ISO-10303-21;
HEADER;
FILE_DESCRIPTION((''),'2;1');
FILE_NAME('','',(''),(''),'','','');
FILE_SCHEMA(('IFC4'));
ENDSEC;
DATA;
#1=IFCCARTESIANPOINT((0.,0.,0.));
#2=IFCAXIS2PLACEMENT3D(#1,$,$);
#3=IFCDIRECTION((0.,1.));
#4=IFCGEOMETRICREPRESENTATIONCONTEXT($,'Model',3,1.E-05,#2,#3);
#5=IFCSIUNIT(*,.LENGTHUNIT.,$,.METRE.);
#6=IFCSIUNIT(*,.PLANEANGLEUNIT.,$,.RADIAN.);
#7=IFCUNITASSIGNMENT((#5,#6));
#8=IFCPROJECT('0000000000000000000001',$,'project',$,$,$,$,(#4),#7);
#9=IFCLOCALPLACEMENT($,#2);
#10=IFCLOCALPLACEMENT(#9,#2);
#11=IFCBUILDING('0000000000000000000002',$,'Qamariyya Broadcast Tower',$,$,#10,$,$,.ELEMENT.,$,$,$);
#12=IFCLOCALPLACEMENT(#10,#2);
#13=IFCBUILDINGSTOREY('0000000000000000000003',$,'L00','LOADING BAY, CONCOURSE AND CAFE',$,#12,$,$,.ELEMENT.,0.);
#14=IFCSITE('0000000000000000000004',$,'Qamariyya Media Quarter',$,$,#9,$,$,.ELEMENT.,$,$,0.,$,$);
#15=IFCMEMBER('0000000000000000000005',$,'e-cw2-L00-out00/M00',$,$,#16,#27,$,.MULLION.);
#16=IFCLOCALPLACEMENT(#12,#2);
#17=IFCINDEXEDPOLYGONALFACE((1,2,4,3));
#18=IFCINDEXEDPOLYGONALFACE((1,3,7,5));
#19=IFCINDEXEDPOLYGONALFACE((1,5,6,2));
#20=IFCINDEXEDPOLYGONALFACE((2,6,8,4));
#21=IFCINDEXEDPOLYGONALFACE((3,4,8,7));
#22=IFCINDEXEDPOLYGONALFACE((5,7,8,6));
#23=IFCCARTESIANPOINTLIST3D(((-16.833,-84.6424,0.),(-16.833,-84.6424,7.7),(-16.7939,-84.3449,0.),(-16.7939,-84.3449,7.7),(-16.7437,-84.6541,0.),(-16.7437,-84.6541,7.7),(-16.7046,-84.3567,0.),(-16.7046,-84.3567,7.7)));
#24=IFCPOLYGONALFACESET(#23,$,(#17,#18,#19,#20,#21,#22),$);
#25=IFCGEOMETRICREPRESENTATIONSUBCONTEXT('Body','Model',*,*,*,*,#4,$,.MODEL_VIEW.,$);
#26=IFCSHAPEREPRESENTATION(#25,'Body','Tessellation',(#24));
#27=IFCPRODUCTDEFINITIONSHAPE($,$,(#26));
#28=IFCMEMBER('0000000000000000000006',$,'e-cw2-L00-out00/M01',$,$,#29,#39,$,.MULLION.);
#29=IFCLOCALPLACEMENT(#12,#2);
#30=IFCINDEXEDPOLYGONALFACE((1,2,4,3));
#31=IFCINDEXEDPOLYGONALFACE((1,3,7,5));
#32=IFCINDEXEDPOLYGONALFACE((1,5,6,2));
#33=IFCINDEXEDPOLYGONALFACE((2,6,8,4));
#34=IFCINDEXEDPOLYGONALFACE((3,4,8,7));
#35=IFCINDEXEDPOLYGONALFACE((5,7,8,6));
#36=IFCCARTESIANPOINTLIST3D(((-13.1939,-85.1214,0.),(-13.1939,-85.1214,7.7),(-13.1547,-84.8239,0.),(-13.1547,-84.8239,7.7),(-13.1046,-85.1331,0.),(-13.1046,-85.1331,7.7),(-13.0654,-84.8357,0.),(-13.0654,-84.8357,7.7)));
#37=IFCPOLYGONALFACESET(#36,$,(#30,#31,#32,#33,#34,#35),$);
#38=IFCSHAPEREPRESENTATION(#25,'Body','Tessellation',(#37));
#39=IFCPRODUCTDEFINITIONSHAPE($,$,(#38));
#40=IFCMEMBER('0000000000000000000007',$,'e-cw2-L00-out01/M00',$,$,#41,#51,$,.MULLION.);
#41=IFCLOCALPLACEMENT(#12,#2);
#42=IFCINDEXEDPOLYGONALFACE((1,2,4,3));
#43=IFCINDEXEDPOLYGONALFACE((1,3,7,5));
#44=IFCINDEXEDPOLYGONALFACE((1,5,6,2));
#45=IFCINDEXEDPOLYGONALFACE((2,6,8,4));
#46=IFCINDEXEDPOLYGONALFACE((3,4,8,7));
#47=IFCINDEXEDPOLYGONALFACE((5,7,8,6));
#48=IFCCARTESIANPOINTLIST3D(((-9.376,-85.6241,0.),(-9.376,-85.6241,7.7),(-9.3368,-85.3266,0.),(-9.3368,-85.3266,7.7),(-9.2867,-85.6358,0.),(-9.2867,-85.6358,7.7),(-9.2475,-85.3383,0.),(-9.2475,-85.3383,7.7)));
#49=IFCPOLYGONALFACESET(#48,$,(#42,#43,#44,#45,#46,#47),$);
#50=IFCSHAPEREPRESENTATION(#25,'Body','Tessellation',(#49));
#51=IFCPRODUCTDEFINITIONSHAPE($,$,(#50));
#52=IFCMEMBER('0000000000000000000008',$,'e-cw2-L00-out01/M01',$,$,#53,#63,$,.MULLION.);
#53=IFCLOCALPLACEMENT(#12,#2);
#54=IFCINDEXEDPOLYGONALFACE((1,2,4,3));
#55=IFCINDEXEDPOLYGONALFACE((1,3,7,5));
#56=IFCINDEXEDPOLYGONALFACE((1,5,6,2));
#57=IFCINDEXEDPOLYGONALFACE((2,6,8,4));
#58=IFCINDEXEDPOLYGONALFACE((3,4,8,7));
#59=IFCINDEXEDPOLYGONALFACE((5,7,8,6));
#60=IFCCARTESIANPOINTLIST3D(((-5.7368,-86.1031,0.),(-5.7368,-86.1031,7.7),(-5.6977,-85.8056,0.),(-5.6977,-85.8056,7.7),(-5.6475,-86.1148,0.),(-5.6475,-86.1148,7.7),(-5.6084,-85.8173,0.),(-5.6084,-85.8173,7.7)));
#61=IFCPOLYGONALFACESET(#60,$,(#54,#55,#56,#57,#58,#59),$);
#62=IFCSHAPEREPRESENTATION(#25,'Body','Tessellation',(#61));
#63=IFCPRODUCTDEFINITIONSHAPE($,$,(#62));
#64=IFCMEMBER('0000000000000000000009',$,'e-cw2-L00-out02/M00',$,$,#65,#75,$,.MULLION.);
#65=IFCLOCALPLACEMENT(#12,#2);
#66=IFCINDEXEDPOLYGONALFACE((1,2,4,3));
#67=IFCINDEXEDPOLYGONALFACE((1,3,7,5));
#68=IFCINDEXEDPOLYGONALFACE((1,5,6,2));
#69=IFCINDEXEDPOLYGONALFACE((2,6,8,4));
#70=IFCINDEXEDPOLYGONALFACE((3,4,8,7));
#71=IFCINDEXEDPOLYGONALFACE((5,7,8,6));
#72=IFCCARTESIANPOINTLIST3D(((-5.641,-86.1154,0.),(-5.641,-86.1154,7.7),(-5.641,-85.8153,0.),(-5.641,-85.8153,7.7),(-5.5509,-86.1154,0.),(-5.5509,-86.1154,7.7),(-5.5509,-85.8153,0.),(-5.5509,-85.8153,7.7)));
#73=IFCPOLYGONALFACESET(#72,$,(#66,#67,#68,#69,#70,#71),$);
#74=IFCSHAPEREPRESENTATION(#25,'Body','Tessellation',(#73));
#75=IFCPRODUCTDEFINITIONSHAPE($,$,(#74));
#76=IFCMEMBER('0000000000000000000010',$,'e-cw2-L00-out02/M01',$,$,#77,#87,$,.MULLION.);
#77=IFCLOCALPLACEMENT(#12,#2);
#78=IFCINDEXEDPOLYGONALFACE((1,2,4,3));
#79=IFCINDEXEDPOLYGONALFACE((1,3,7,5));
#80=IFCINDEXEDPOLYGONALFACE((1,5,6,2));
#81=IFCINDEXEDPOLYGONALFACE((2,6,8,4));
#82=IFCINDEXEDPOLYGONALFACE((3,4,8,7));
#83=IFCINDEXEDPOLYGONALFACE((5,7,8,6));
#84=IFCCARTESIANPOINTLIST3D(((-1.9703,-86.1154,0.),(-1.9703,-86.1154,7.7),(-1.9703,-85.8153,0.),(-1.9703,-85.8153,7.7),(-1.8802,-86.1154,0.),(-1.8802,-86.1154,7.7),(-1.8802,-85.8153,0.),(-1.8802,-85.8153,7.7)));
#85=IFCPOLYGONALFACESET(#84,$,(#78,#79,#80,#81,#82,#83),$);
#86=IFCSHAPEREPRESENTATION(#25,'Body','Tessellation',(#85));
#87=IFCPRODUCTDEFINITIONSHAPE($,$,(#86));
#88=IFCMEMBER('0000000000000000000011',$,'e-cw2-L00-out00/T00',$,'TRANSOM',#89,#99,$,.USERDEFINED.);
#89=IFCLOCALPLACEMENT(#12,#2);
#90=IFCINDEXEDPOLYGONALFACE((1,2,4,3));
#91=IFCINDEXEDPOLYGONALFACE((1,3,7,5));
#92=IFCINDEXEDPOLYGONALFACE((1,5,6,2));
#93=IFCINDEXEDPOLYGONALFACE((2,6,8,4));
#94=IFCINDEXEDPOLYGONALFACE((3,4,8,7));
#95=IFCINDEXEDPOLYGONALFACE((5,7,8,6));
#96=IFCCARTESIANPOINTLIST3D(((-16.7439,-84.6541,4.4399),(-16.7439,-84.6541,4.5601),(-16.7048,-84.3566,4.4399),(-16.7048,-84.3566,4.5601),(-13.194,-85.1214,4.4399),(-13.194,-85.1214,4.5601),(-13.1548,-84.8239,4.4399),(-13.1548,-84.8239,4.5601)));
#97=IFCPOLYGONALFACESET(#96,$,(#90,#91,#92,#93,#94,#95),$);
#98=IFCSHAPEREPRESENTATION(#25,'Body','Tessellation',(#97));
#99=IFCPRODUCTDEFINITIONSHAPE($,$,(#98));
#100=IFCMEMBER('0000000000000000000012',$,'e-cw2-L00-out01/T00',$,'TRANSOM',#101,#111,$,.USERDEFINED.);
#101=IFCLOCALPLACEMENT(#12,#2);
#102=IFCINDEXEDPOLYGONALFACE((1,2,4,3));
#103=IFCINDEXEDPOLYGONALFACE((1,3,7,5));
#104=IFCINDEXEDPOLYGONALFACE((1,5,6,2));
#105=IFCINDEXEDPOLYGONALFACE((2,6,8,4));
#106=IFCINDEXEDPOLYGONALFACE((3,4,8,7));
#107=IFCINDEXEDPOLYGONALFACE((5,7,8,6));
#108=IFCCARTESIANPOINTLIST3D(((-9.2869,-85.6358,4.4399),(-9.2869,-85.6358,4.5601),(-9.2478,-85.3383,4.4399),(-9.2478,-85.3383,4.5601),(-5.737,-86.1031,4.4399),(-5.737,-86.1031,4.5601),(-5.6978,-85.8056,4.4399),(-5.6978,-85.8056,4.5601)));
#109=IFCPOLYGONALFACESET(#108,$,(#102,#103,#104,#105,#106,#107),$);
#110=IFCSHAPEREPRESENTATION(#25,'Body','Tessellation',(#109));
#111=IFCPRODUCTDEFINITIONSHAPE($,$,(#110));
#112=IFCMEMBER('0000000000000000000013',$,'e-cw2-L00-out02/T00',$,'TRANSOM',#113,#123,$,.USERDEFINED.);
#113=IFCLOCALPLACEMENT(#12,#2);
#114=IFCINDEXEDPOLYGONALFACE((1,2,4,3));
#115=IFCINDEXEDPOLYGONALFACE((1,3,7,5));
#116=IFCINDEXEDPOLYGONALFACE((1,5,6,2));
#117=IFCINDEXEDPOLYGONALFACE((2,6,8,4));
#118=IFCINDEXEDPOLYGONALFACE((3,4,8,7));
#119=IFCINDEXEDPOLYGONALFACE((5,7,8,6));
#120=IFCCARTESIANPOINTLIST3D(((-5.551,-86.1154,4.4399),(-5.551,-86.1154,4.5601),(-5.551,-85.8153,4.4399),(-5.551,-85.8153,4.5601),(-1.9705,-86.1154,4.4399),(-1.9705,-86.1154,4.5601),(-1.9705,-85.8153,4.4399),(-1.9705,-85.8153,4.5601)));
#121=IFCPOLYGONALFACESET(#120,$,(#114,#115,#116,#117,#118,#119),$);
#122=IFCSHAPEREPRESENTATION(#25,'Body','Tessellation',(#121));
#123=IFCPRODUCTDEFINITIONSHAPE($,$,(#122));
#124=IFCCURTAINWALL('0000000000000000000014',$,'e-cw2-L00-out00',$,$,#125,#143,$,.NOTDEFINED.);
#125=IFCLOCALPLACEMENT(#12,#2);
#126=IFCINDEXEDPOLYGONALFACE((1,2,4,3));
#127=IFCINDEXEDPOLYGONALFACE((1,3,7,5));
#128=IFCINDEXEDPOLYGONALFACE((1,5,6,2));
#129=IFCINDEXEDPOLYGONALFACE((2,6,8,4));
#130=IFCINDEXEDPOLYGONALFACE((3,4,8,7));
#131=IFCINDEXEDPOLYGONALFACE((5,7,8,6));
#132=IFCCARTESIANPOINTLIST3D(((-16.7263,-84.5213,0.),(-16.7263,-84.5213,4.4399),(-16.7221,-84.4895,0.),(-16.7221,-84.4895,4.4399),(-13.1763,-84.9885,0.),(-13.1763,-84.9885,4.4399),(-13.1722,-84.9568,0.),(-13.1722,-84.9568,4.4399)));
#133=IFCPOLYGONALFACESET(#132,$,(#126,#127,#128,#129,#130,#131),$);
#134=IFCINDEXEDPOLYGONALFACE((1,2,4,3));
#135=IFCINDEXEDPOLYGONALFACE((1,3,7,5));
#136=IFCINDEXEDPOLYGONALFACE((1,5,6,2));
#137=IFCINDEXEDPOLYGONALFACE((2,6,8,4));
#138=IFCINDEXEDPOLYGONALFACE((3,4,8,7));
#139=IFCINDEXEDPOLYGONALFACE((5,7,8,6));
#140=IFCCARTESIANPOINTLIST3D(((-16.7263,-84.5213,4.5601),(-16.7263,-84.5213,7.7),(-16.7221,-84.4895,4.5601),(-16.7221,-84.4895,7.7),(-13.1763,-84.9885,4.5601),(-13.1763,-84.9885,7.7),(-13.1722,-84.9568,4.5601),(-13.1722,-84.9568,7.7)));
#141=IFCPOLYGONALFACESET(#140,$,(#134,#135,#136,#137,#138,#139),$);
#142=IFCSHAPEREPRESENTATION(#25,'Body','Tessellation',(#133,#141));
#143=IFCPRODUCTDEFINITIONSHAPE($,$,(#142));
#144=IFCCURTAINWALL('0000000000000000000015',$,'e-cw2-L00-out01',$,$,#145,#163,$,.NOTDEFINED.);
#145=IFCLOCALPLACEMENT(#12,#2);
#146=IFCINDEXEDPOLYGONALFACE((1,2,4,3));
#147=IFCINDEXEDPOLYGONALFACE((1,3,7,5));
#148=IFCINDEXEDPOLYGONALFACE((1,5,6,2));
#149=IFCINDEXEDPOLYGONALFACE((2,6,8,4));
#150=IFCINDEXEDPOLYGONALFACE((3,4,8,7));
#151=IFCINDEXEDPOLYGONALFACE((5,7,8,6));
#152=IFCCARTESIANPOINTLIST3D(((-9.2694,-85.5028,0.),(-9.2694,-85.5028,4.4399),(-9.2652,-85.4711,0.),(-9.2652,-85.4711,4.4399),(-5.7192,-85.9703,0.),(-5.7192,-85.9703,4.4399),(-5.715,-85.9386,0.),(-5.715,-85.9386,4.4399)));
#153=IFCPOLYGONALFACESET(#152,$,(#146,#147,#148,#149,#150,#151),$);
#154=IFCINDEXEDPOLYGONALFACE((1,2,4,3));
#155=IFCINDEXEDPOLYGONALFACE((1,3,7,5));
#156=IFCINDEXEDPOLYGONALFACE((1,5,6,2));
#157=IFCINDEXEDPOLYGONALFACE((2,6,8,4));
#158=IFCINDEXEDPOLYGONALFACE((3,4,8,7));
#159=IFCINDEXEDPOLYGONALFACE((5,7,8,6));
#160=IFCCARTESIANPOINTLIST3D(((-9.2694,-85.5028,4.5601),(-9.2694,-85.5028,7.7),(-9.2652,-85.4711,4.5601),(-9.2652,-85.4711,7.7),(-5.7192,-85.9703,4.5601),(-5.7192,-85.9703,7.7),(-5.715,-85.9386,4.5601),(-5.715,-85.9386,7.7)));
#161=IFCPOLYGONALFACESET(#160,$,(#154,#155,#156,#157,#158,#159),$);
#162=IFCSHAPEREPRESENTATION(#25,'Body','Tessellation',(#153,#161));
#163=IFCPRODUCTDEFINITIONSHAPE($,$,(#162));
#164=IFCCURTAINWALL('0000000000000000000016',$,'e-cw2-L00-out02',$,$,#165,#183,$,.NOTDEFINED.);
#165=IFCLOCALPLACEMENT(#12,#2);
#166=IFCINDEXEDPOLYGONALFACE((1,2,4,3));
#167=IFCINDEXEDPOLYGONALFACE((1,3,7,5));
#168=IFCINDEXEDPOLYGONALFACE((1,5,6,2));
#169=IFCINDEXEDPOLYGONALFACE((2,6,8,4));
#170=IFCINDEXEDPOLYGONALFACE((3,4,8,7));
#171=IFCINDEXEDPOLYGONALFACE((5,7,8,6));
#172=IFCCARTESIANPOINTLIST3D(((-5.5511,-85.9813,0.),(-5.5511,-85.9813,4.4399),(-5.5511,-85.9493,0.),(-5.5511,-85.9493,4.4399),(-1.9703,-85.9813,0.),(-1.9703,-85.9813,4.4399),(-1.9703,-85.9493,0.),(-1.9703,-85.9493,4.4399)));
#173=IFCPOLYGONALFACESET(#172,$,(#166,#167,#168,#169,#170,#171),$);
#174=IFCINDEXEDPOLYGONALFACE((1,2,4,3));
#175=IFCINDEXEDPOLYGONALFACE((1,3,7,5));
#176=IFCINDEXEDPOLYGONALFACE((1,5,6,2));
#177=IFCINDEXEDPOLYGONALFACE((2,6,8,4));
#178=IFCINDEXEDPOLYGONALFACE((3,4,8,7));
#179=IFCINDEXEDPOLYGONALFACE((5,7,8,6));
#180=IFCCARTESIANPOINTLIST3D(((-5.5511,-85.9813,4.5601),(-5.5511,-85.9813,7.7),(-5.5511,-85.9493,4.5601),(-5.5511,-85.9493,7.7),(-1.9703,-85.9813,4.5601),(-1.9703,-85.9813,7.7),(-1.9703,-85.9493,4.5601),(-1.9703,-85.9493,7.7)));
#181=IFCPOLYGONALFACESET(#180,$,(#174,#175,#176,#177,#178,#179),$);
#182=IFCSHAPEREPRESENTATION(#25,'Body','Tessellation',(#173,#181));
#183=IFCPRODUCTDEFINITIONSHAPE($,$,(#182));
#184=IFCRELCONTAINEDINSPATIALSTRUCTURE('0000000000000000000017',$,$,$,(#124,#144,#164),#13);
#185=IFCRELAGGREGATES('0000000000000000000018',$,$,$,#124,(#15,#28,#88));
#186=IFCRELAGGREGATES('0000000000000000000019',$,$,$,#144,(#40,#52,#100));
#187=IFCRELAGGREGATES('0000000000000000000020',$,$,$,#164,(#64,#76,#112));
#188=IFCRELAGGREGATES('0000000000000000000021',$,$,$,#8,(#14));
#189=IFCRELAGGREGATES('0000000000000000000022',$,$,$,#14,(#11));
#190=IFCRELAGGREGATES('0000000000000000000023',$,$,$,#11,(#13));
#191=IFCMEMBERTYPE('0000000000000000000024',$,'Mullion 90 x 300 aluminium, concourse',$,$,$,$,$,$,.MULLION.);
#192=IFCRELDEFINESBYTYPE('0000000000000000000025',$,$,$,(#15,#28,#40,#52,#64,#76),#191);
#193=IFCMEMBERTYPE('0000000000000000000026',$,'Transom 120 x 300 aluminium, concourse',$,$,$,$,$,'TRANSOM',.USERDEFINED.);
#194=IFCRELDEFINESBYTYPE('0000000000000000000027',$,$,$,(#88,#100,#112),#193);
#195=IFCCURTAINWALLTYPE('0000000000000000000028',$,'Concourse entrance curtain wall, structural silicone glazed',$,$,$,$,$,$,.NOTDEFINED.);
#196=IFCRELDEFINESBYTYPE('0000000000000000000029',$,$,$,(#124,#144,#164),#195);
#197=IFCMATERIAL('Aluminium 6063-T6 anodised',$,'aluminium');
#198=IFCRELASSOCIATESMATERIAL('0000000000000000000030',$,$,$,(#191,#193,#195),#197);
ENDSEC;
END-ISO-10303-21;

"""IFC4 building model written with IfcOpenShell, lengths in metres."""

from ifc_helpers import new_model, si_unit, direction, frame, origin, origin_2d, place, context, subcontext, project, spatial, rectangle, extrude, material, material_profile, profile_set, type_object, element, aggregate, save


model = new_model("IFC4")

# Units and contexts
model_context = context("Model", 3, precision=1e-05, world=origin(), true_north=direction((0.0, 1.0)))
body_context = subcontext(model_context, "Body", "Model", "MODEL_VIEW")
ifc_project = project(units=[si_unit("LENGTHUNIT", "METRE"), si_unit("PLANEANGLEUNIT", "RADIAN")], contexts=[model_context])

# Members
ifc_material = material(Name="Aluminium 6063-T6 anodised", Category="aluminium")
site_placement = place(None, origin())
building_placement = place(site_placement, origin())
storey_placement = place(building_placement, origin())
ifc_material_profile_1 = material_profile(ifc_material, rectangle(XDim=0.3, YDim=0.0901, at=origin_2d()))
ifc_profile_set_1 = profile_set([ifc_material_profile_1], Name="Aluminium 6063-T6 anodised")
member_type_1 = type_object("IfcMemberType", Name="Mullion 90 x 300 aluminium, concourse", PredefinedType="MULLION", material=ifc_profile_set_1)
member_1_placement = place(storey_placement, frame((-16.7688, -84.4995, 0.0), z_axis=(0.0, 0.0, 1.0), x_axis=(0.130526, 0.991445, 0.0)))
member_1 = element("IfcMember", 1, at=member_1_placement, type_object=member_type_1, Name="e-cw2-L00-out00/M00", PredefinedType="MULLION", context=body_context, shape_type="SweptSolid", body=[
    extrude(rectangle(XDim=0.3, YDim=0.0901, at=origin_2d()), origin(), (0.0, 0.0, 1.0), 7.7),
])
member_2_placement = place(storey_placement, frame((-13.1296, -84.9785, 0.0), z_axis=(0.0, 0.0, 1.0), x_axis=(0.130526, 0.991445, 0.0)))
member_2 = element("IfcMember", 2, at=member_2_placement, type_object=member_type_1, Name="e-cw2-L00-out00/M01", PredefinedType="MULLION", context=body_context, shape_type="SweptSolid", body=[
    extrude(rectangle(XDim=0.3, YDim=0.0901, at=origin_2d()), origin(), (0.0, 0.0, 1.0), 7.7),
])
member_3_placement = place(storey_placement, frame((-9.3118, -85.4812, 0.0), z_axis=(0.0, 0.0, 1.0), x_axis=(0.130526, 0.991445, 0.0)))
member_3 = element("IfcMember", 3, at=member_3_placement, type_object=member_type_1, Name="e-cw2-L00-out01/M00", PredefinedType="MULLION", context=body_context, shape_type="SweptSolid", body=[
    extrude(rectangle(XDim=0.3, YDim=0.0901, at=origin_2d()), origin(), (0.0, 0.0, 1.0), 7.7),
])
member_4_placement = place(storey_placement, frame((-5.6726, -85.9602, 0.0), z_axis=(0.0, 0.0, 1.0), x_axis=(0.130526, 0.991445, 0.0)))
member_4 = element("IfcMember", 4, at=member_4_placement, type_object=member_type_1, Name="e-cw2-L00-out01/M01", PredefinedType="MULLION", context=body_context, shape_type="SweptSolid", body=[
    extrude(rectangle(XDim=0.3, YDim=0.0901, at=origin_2d()), origin(), (0.0, 0.0, 1.0), 7.7),
])
member_5_placement = place(storey_placement, frame((-5.5959, -85.9653, 0.0), z_axis=(0.0, 0.0, 1.0), x_axis=(0.0, 1.0, 0.0)))
member_5 = element("IfcMember", 5, at=member_5_placement, type_object=member_type_1, Name="e-cw2-L00-out02/M00", PredefinedType="MULLION", context=body_context, shape_type="SweptSolid", body=[
    extrude(rectangle(XDim=0.3, YDim=0.0901, at=origin_2d()), origin(), (0.0, 0.0, 1.0), 7.7),
])
member_6_placement = place(storey_placement, frame((-1.9253, -85.9653, 0.0), z_axis=(0.0, 0.0, 1.0), x_axis=(0.0, 1.0, 0.0)))
member_6 = element("IfcMember", 6, at=member_6_placement, type_object=member_type_1, Name="e-cw2-L00-out02/M01", PredefinedType="MULLION", context=body_context, shape_type="SweptSolid", body=[
    extrude(rectangle(XDim=0.3, YDim=0.0901, at=origin_2d()), origin(), (0.0, 0.0, 1.0), 7.7),
])
ifc_material_profile_2 = material_profile(ifc_material, rectangle(XDim=0.3, YDim=0.1201, at=origin_2d()))
ifc_profile_set_2 = profile_set([ifc_material_profile_2], Name="Aluminium 6063-T6 anodised")
member_type_2 = type_object("IfcMemberType", Name="Transom 120 x 300 aluminium, concourse", ElementType="TRANSOM", PredefinedType="USERDEFINED", material=ifc_profile_set_2)
member_7_placement = place(storey_placement, frame((-16.7244, -84.5054, 4.5), z_axis=(0.991448, -0.130502, 0.0), x_axis=(0.130502, 0.991448, 0.0)))
member_7 = element("IfcMember", 7, at=member_7_placement, type_object=member_type_2, Name="e-cw2-L00-out00/T00", ObjectType="TRANSOM", PredefinedType="USERDEFINED", context=body_context, shape_type="SweptSolid", body=[
    extrude(rectangle(XDim=0.3, YDim=0.1201, at=origin_2d()), origin(), (0.0, 0.0, 1.0), 3.5806),
])
member_8_placement = place(storey_placement, frame((-9.2673, -85.4871, 4.5), z_axis=(0.991448, -0.130502, 0.0), x_axis=(0.130502, 0.991448, 0.0)))
member_8 = element("IfcMember", 8, at=member_8_placement, type_object=member_type_2, Name="e-cw2-L00-out01/T00", ObjectType="TRANSOM", PredefinedType="USERDEFINED", context=body_context, shape_type="SweptSolid", body=[
    extrude(rectangle(XDim=0.3, YDim=0.1201, at=origin_2d()), origin(), (0.0, 0.0, 1.0), 3.5806),
])
member_9_placement = place(storey_placement, frame((-5.551, -85.9653, 4.5), z_axis=(1.0, 0.0, 0.0), x_axis=(0.0, 1.0, 0.0)))
member_9 = element("IfcMember", 9, at=member_9_placement, type_object=member_type_2, Name="e-cw2-L00-out02/T00", ObjectType="TRANSOM", PredefinedType="USERDEFINED", context=body_context, shape_type="SweptSolid", body=[
    extrude(rectangle(XDim=0.3, YDim=0.1201, at=origin_2d()), origin(), (0.0, 0.0, 1.0), 3.5806),
])

# Site, building, storey
site = spatial("IfcSite", under=ifc_project, at=site_placement, Name="Qamariyya Media Quarter", CompositionType="ELEMENT", RefElevation=0.0)
building = spatial("IfcBuilding", under=site, at=building_placement, Name="Qamariyya Broadcast Tower", CompositionType="ELEMENT")
storey = spatial("IfcBuildingStorey", under=building, at=storey_placement, Name="L00", Description="LOADING BAY, CONCOURSE AND CAFE", CompositionType="ELEMENT", Elevation=0.0)

# Curtain walls
curtain_wall_type_1 = type_object("IfcCurtainWallType", Name="Concourse entrance curtain wall, structural silicone glazed", PredefinedType="NOTDEFINED", material=ifc_material)
curtain_wall_1_placement = place(storey_placement, origin())
curtain_wall_1 = element("IfcCurtainWall", 10, at=curtain_wall_1_placement, inside=storey, type_object=curtain_wall_type_1, Name="e-cw2-L00-out00", PredefinedType="NOTDEFINED", context=body_context, shape_type="SweptSolid", body=[
    extrude(rectangle(XDim=3.5806, YDim=0.032, at=origin_2d()), frame((-14.9492, -84.739, 0.0), x_axis=(0.99145, -0.130488, 0.0)), (0.0, 0.0, 1.0), 4.4399),
    extrude(rectangle(XDim=3.5806, YDim=0.032, at=origin_2d()), frame((-14.9492, -84.739, 4.5601), x_axis=(0.99145, -0.130488, 0.0)), (0.0, 0.0, 1.0), 3.1399),
])
aggregate(curtain_wall_1, [member_1, member_2, member_7])
curtain_wall_2_placement = place(storey_placement, origin())
curtain_wall_2 = element("IfcCurtainWall", 11, at=curtain_wall_2_placement, inside=storey, type_object=curtain_wall_type_1, Name="e-cw2-L00-out01", PredefinedType="NOTDEFINED", context=body_context, shape_type="SweptSolid", body=[
    extrude(rectangle(XDim=3.5808, YDim=0.032, at=origin_2d()), frame((-7.4922, -85.7207, 0.0), x_axis=(0.991441, -0.130552, 0.0)), (0.0, 0.0, 1.0), 4.4399),
    extrude(rectangle(XDim=3.5808, YDim=0.032, at=origin_2d()), frame((-7.4922, -85.7207, 4.5601), x_axis=(0.991441, -0.130552, 0.0)), (0.0, 0.0, 1.0), 3.1399),
])
aggregate(curtain_wall_2, [member_3, member_4, member_8])
curtain_wall_3_placement = place(storey_placement, origin())
curtain_wall_3 = element("IfcCurtainWall", 12, at=curtain_wall_3_placement, inside=storey, type_object=curtain_wall_type_1, Name="e-cw2-L00-out02", PredefinedType="NOTDEFINED", context=body_context, shape_type="SweptSolid", body=[
    extrude(rectangle(XDim=3.5808, YDim=0.032, at=origin_2d()), frame((-3.7607, -85.9653, 0.0), x_axis=(1.0, 0.0, 0.0)), (0.0, 0.0, 1.0), 4.4399),
    extrude(rectangle(XDim=3.5808, YDim=0.032, at=origin_2d()), frame((-3.7607, -85.9653, 4.5601), x_axis=(1.0, 0.0, 0.0)), (0.0, 0.0, 1.0), 3.1399),
])
aggregate(curtain_wall_3, [member_5, member_6, member_9])

save(model, "model.ifc")
